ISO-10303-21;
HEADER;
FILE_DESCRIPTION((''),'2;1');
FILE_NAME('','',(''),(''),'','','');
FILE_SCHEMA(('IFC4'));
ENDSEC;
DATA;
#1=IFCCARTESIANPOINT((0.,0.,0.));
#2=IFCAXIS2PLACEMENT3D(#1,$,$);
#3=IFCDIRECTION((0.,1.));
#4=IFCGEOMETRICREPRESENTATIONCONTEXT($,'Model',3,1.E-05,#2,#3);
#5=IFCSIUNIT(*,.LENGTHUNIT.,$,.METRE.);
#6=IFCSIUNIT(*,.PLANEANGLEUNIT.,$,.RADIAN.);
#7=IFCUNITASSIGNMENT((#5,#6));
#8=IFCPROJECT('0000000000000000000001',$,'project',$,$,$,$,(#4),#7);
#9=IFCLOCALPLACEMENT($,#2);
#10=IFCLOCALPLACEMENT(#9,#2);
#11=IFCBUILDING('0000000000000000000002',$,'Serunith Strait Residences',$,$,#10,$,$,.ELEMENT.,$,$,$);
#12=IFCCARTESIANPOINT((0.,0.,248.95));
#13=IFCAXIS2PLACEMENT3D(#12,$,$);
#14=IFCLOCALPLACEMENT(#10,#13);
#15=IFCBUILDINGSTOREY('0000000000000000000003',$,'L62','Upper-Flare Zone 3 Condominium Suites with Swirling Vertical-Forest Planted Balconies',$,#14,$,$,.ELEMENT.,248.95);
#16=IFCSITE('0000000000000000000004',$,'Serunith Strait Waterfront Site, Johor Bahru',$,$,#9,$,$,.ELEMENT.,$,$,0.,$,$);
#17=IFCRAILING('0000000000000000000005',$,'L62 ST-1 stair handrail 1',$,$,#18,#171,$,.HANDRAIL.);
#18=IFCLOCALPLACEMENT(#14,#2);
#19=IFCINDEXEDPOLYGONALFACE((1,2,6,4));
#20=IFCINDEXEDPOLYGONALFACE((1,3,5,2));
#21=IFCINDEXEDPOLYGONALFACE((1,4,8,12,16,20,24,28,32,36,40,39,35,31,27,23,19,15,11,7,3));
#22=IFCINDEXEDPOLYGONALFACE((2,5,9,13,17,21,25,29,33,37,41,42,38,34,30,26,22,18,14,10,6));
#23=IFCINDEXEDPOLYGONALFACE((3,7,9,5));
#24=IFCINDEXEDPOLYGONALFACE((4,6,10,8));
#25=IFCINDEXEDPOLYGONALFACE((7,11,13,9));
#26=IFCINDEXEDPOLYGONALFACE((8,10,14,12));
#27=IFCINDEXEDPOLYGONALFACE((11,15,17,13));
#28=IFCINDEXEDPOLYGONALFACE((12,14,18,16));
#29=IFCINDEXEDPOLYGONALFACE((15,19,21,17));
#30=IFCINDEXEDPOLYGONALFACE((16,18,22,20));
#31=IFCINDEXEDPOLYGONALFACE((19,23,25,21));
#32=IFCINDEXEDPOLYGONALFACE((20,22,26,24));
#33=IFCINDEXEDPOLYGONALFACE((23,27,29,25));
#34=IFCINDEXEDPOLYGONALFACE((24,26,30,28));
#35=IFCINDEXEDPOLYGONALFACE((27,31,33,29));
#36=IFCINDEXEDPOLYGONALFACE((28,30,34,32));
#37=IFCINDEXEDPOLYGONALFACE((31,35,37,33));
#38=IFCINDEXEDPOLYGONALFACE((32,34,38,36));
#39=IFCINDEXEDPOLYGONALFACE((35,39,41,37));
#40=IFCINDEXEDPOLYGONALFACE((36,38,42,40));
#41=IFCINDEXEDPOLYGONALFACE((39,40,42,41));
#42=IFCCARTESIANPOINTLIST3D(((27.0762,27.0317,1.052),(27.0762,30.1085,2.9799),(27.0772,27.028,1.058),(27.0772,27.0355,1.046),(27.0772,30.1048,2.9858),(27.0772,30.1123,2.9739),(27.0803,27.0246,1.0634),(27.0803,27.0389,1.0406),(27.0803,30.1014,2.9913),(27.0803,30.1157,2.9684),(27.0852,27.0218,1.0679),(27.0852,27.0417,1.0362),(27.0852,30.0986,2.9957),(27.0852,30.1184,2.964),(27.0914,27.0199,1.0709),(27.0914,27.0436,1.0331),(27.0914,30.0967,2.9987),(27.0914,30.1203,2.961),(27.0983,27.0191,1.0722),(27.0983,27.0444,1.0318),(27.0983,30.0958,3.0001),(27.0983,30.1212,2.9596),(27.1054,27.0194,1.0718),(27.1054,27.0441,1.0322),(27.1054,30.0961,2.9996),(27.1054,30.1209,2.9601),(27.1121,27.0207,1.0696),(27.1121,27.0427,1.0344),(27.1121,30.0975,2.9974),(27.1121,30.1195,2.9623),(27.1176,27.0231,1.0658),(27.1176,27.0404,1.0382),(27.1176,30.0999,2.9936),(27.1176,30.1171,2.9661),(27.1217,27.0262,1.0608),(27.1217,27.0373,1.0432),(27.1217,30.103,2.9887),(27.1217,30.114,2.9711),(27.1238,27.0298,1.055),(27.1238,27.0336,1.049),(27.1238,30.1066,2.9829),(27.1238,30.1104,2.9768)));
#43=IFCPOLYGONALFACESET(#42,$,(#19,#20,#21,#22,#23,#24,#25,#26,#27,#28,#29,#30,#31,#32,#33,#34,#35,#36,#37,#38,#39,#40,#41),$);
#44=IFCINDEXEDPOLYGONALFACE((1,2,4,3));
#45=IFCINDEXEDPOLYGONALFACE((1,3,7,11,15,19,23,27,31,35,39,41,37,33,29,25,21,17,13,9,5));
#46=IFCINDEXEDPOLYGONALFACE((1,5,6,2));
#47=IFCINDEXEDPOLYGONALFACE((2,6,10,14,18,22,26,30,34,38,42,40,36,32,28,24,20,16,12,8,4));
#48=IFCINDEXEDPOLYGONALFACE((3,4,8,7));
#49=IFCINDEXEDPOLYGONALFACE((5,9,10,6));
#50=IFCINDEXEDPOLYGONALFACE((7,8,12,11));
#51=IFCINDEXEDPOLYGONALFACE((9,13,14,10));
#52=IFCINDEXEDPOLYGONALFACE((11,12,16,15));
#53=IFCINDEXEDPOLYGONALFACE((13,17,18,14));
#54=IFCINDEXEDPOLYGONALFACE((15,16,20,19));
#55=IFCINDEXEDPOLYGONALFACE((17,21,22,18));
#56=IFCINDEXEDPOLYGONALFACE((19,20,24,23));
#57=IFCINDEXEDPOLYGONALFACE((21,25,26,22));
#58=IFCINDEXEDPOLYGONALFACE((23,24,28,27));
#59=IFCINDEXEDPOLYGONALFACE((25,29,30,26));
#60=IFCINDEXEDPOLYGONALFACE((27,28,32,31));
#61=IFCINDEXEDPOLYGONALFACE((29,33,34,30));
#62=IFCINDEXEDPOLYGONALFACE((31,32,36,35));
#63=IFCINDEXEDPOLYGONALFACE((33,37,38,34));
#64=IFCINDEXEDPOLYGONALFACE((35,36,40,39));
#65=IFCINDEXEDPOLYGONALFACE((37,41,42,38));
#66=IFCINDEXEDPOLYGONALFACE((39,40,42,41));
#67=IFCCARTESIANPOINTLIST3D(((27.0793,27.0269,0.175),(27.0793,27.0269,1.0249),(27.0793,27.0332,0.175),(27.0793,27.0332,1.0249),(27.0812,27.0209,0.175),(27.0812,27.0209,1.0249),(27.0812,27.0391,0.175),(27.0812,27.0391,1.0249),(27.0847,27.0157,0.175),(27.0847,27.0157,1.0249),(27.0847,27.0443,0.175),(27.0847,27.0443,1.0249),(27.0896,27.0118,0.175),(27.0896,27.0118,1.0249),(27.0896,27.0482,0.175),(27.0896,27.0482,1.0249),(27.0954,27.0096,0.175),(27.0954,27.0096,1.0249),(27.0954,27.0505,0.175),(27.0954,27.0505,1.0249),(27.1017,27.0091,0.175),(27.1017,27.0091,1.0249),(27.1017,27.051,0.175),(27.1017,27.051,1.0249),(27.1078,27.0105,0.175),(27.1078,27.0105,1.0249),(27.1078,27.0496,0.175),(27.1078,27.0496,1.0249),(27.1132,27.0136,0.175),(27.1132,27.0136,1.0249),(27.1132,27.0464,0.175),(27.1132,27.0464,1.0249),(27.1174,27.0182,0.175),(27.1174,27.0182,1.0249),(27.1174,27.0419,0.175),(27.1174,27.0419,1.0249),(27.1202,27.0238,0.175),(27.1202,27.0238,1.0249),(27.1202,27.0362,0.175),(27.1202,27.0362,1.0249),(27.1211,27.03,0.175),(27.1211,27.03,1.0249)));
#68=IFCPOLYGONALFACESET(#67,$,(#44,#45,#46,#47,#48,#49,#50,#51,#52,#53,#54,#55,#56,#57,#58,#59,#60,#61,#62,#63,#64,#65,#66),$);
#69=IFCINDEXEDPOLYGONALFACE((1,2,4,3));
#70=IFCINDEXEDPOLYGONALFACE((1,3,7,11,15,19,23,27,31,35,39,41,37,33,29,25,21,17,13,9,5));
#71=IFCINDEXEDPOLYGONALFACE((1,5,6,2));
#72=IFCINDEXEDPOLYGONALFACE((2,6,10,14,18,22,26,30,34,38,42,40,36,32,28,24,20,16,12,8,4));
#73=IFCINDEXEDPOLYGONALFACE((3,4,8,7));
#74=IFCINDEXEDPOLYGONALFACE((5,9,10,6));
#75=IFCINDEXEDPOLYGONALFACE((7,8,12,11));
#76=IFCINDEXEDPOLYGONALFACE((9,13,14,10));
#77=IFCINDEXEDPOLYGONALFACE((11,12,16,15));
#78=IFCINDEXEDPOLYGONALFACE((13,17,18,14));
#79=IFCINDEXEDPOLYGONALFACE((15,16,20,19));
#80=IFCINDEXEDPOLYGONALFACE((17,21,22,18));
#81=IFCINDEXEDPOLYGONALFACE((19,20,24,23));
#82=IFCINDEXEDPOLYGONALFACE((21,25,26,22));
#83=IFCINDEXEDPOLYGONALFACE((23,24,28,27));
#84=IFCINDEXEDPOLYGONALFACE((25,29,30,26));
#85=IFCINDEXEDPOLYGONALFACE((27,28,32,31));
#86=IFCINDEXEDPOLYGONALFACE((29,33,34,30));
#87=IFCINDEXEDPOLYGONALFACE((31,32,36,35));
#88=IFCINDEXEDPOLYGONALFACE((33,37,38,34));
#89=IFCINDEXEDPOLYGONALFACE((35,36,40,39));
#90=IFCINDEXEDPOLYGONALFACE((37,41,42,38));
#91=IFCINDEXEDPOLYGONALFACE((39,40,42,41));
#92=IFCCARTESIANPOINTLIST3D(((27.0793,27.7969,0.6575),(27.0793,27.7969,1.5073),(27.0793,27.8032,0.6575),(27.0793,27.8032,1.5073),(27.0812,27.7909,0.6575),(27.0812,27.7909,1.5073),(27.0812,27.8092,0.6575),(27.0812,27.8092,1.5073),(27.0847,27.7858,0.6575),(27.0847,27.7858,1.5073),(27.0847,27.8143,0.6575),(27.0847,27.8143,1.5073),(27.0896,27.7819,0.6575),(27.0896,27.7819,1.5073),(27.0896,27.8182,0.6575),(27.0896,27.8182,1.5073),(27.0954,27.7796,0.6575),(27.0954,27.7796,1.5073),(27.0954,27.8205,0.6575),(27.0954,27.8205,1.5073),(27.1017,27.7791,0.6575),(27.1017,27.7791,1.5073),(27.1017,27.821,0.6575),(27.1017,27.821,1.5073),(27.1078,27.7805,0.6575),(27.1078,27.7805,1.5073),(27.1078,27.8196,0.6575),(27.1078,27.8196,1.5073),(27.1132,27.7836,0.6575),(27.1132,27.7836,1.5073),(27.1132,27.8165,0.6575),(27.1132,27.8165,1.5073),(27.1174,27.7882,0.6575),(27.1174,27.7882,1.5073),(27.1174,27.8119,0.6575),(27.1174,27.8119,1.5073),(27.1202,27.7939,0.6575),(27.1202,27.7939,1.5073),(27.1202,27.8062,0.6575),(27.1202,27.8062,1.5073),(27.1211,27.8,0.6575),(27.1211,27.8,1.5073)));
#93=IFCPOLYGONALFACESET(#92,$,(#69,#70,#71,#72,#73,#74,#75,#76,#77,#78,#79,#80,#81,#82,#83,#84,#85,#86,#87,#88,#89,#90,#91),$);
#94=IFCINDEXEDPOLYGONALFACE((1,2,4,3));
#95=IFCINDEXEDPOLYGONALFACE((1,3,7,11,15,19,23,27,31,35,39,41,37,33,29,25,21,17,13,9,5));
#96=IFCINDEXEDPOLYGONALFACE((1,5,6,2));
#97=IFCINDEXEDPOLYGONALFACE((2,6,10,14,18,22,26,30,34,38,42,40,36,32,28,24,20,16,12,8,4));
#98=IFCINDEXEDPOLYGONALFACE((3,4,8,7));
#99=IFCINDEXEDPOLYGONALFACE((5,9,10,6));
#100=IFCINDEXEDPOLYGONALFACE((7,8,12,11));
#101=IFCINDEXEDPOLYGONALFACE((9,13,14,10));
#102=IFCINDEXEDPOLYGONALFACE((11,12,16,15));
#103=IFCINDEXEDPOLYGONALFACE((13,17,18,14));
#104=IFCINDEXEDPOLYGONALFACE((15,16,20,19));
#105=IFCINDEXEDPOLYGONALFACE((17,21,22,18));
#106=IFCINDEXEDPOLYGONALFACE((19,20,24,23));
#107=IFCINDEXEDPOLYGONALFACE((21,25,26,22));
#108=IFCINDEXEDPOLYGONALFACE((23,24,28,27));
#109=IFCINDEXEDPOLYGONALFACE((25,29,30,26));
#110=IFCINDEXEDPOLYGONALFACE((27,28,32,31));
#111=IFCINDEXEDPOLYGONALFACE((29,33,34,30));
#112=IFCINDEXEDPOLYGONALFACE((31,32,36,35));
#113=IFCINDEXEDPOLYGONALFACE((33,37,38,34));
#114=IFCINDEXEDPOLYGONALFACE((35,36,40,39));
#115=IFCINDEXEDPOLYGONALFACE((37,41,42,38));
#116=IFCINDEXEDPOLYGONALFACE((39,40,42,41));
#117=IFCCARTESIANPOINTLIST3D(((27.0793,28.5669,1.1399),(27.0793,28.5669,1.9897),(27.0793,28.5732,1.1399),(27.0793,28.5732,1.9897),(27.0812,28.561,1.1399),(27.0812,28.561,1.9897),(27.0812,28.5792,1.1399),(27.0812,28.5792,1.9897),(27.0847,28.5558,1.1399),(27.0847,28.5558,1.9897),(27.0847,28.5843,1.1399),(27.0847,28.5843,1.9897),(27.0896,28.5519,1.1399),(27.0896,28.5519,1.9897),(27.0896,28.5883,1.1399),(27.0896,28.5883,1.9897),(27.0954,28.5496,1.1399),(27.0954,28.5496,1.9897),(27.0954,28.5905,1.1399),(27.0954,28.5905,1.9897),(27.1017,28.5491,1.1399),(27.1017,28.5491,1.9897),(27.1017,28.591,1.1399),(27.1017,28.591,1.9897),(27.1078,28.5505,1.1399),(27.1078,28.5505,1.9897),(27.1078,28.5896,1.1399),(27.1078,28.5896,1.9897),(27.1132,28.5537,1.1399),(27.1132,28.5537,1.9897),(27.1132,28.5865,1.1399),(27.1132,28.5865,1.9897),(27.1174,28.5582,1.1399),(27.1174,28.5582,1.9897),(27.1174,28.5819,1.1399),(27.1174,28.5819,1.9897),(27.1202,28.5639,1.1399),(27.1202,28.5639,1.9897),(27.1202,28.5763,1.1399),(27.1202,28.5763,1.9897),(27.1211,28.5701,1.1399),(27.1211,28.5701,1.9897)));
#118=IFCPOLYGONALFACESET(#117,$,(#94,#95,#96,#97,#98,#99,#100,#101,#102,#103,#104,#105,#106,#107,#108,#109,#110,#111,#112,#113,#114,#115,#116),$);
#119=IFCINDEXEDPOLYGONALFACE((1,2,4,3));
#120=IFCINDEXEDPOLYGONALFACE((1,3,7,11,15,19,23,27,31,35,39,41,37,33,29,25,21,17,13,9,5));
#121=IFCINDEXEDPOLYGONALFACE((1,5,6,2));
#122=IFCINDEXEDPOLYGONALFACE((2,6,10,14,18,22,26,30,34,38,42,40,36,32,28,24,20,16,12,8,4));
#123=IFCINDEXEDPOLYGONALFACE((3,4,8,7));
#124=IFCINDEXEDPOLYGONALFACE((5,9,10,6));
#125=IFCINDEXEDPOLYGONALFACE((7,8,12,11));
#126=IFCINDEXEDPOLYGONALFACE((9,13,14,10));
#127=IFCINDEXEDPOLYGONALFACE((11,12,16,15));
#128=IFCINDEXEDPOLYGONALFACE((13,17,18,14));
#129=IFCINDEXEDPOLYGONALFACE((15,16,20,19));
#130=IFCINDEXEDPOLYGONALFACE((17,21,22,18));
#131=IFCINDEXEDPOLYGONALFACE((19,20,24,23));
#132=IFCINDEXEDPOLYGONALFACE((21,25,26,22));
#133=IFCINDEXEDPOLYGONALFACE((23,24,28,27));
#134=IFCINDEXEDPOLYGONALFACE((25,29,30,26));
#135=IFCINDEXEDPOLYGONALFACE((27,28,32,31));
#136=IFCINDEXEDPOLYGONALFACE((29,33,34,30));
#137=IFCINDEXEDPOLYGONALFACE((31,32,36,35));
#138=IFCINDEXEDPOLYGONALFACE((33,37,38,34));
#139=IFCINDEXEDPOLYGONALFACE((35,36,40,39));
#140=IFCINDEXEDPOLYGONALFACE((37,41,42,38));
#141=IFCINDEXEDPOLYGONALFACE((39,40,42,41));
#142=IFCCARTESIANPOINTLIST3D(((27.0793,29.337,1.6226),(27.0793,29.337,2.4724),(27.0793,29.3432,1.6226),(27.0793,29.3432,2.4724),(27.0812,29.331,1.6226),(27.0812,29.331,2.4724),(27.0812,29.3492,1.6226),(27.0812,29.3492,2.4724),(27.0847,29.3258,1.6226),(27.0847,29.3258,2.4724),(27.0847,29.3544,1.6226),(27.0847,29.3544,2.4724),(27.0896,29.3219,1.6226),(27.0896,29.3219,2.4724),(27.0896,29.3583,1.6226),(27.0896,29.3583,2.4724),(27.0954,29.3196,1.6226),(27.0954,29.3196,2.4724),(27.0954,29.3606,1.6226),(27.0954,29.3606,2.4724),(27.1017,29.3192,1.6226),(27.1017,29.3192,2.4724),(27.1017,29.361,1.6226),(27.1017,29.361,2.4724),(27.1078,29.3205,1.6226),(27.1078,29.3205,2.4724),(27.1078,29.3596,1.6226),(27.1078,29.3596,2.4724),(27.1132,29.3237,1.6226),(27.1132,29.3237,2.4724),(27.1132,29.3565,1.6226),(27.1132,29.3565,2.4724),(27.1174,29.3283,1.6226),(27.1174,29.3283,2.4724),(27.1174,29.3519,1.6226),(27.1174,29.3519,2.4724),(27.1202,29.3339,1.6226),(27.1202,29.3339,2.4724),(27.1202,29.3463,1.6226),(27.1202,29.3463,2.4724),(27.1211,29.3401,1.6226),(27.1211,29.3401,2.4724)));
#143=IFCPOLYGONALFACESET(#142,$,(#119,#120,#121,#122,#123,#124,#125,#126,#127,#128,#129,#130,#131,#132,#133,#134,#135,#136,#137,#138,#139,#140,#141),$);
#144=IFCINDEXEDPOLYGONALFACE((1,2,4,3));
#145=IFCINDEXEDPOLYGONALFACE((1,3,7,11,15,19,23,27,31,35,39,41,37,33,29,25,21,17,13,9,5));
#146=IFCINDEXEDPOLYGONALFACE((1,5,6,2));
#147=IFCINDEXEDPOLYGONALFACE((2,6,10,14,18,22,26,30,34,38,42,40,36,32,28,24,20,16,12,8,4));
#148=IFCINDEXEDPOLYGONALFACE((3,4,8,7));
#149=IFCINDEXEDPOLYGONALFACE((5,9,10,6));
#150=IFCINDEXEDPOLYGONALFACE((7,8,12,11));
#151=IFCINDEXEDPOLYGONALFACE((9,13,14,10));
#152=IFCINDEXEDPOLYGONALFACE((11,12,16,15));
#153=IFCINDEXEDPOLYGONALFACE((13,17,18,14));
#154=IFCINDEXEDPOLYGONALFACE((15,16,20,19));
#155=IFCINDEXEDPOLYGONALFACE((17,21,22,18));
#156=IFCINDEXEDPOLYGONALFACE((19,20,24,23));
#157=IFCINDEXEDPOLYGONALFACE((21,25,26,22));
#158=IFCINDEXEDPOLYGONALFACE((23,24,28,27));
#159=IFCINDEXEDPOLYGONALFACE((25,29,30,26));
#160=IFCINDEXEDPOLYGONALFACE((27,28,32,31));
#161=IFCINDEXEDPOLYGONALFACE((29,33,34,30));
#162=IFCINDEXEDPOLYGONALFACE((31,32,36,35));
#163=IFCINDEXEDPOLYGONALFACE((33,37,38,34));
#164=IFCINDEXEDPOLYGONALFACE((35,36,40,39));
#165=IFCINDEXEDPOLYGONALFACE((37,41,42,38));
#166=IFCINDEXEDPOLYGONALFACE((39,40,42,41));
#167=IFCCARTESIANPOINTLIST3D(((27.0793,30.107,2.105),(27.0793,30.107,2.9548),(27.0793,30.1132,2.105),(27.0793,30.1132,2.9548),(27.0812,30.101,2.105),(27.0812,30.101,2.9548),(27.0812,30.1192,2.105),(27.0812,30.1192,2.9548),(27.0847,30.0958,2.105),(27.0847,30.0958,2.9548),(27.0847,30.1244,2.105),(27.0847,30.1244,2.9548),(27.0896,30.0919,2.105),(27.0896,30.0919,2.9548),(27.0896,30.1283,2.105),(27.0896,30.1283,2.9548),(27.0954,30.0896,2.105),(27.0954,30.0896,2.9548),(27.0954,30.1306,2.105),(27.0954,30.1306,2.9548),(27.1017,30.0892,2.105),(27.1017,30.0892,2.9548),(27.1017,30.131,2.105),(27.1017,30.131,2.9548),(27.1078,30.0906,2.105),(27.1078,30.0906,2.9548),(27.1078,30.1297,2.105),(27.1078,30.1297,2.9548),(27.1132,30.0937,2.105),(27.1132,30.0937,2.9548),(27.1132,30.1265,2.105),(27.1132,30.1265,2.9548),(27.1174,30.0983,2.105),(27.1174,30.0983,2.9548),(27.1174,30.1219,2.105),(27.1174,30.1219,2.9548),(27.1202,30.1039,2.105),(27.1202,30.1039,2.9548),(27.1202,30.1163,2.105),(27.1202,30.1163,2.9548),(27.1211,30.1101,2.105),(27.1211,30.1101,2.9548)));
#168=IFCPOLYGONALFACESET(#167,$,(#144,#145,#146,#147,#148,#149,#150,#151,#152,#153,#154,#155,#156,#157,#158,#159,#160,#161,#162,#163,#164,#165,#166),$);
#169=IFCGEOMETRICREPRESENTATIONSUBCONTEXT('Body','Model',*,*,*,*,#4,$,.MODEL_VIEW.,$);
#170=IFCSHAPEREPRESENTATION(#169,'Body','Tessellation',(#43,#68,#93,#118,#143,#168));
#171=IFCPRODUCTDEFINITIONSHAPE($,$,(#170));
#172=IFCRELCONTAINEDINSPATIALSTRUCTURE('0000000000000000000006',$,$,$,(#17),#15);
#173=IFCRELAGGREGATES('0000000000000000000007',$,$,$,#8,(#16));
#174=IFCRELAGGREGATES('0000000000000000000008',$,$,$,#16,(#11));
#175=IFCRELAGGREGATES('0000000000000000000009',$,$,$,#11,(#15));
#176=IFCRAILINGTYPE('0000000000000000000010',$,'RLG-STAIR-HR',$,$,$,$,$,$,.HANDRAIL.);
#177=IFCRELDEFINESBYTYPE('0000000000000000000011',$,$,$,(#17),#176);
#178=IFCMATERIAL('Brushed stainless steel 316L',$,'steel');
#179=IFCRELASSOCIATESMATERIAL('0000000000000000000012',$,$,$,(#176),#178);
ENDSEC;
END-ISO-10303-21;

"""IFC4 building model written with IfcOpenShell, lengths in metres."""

from ifc_helpers import new_model, si_unit, direction, frame, origin, origin_2d, place, context, subcontext, project, spatial, circle, extrude, material, type_object, element, save


model = new_model("IFC4")

# Units and contexts
model_context = context("Model", 3, precision=1e-05, world=origin(), true_north=direction((0.0, 1.0)))
body_context = subcontext(model_context, "Body", "Model", "MODEL_VIEW")
ifc_project = project(units=[si_unit("LENGTHUNIT", "METRE"), si_unit("PLANEANGLEUNIT", "RADIAN")], contexts=[model_context])

# Site, building, storey
site_placement = place(None, origin())
site = spatial("IfcSite", under=ifc_project, at=site_placement, Name="Serunith Strait Waterfront Site, Johor Bahru", CompositionType="ELEMENT", RefElevation=0.0)
building_placement = place(site_placement, origin())
building = spatial("IfcBuilding", under=site, at=building_placement, Name="Serunith Strait Residences", CompositionType="ELEMENT")
storey_placement = place(building_placement, frame((0.0, 0.0, 248.95)))
storey = spatial("IfcBuildingStorey", under=building, at=storey_placement, Name="L62", Description="Upper-Flare Zone 3 Condominium Suites with Swirling Vertical-Forest Planted Balconies", CompositionType="ELEMENT", Elevation=248.95)

# Railing
ifc_material_1 = material(Name="Brushed stainless steel 316L", Category="steel")
railing_type_1 = type_object("IfcRailingType", Name="RLG-STAIR-HR", PredefinedType="HANDRAIL", material=ifc_material_1)
railing_1_placement = place(storey_placement, frame((27.1001, 27.03, 0.175)))
element("IfcRailing", 1, at=railing_1_placement, inside=storey, type_object=railing_type_1, Name="L62 ST-1 stair handrail 1", PredefinedType="HANDRAIL", context=body_context, shape_type="SweptSolid", body=[
    extrude(circle(Radius=0.0239, at=origin_2d()), frame((0.0, 0.0017, 0.877), z_axis=(0.0, 0.847394, 0.530965), x_axis=(-1.0, 0.0, 0.0)), (0.0, 0.0, 1.0), 3.6309),
    extrude(circle(Radius=0.021, at=origin_2d()), origin(), (0.0, 0.0, 1.0), 0.8499),
    extrude(circle(Radius=0.021, at=origin_2d()), frame((0.0, 0.77, 0.4824)), (0.0, 0.0, 1.0), 0.8499),
    extrude(circle(Radius=0.021, at=origin_2d()), frame((0.0, 1.54, 0.9648)), (0.0, 0.0, 1.0), 0.8499),
    extrude(circle(Radius=0.021, at=origin_2d()), frame((0.0, 2.3101, 1.4475)), (0.0, 0.0, 1.0), 0.8499),
    extrude(circle(Radius=0.021, at=origin_2d()), frame((0.0, 3.0801, 1.9299)), (0.0, 0.0, 1.0), 0.8499),
])

save(model, "model.ifc")
